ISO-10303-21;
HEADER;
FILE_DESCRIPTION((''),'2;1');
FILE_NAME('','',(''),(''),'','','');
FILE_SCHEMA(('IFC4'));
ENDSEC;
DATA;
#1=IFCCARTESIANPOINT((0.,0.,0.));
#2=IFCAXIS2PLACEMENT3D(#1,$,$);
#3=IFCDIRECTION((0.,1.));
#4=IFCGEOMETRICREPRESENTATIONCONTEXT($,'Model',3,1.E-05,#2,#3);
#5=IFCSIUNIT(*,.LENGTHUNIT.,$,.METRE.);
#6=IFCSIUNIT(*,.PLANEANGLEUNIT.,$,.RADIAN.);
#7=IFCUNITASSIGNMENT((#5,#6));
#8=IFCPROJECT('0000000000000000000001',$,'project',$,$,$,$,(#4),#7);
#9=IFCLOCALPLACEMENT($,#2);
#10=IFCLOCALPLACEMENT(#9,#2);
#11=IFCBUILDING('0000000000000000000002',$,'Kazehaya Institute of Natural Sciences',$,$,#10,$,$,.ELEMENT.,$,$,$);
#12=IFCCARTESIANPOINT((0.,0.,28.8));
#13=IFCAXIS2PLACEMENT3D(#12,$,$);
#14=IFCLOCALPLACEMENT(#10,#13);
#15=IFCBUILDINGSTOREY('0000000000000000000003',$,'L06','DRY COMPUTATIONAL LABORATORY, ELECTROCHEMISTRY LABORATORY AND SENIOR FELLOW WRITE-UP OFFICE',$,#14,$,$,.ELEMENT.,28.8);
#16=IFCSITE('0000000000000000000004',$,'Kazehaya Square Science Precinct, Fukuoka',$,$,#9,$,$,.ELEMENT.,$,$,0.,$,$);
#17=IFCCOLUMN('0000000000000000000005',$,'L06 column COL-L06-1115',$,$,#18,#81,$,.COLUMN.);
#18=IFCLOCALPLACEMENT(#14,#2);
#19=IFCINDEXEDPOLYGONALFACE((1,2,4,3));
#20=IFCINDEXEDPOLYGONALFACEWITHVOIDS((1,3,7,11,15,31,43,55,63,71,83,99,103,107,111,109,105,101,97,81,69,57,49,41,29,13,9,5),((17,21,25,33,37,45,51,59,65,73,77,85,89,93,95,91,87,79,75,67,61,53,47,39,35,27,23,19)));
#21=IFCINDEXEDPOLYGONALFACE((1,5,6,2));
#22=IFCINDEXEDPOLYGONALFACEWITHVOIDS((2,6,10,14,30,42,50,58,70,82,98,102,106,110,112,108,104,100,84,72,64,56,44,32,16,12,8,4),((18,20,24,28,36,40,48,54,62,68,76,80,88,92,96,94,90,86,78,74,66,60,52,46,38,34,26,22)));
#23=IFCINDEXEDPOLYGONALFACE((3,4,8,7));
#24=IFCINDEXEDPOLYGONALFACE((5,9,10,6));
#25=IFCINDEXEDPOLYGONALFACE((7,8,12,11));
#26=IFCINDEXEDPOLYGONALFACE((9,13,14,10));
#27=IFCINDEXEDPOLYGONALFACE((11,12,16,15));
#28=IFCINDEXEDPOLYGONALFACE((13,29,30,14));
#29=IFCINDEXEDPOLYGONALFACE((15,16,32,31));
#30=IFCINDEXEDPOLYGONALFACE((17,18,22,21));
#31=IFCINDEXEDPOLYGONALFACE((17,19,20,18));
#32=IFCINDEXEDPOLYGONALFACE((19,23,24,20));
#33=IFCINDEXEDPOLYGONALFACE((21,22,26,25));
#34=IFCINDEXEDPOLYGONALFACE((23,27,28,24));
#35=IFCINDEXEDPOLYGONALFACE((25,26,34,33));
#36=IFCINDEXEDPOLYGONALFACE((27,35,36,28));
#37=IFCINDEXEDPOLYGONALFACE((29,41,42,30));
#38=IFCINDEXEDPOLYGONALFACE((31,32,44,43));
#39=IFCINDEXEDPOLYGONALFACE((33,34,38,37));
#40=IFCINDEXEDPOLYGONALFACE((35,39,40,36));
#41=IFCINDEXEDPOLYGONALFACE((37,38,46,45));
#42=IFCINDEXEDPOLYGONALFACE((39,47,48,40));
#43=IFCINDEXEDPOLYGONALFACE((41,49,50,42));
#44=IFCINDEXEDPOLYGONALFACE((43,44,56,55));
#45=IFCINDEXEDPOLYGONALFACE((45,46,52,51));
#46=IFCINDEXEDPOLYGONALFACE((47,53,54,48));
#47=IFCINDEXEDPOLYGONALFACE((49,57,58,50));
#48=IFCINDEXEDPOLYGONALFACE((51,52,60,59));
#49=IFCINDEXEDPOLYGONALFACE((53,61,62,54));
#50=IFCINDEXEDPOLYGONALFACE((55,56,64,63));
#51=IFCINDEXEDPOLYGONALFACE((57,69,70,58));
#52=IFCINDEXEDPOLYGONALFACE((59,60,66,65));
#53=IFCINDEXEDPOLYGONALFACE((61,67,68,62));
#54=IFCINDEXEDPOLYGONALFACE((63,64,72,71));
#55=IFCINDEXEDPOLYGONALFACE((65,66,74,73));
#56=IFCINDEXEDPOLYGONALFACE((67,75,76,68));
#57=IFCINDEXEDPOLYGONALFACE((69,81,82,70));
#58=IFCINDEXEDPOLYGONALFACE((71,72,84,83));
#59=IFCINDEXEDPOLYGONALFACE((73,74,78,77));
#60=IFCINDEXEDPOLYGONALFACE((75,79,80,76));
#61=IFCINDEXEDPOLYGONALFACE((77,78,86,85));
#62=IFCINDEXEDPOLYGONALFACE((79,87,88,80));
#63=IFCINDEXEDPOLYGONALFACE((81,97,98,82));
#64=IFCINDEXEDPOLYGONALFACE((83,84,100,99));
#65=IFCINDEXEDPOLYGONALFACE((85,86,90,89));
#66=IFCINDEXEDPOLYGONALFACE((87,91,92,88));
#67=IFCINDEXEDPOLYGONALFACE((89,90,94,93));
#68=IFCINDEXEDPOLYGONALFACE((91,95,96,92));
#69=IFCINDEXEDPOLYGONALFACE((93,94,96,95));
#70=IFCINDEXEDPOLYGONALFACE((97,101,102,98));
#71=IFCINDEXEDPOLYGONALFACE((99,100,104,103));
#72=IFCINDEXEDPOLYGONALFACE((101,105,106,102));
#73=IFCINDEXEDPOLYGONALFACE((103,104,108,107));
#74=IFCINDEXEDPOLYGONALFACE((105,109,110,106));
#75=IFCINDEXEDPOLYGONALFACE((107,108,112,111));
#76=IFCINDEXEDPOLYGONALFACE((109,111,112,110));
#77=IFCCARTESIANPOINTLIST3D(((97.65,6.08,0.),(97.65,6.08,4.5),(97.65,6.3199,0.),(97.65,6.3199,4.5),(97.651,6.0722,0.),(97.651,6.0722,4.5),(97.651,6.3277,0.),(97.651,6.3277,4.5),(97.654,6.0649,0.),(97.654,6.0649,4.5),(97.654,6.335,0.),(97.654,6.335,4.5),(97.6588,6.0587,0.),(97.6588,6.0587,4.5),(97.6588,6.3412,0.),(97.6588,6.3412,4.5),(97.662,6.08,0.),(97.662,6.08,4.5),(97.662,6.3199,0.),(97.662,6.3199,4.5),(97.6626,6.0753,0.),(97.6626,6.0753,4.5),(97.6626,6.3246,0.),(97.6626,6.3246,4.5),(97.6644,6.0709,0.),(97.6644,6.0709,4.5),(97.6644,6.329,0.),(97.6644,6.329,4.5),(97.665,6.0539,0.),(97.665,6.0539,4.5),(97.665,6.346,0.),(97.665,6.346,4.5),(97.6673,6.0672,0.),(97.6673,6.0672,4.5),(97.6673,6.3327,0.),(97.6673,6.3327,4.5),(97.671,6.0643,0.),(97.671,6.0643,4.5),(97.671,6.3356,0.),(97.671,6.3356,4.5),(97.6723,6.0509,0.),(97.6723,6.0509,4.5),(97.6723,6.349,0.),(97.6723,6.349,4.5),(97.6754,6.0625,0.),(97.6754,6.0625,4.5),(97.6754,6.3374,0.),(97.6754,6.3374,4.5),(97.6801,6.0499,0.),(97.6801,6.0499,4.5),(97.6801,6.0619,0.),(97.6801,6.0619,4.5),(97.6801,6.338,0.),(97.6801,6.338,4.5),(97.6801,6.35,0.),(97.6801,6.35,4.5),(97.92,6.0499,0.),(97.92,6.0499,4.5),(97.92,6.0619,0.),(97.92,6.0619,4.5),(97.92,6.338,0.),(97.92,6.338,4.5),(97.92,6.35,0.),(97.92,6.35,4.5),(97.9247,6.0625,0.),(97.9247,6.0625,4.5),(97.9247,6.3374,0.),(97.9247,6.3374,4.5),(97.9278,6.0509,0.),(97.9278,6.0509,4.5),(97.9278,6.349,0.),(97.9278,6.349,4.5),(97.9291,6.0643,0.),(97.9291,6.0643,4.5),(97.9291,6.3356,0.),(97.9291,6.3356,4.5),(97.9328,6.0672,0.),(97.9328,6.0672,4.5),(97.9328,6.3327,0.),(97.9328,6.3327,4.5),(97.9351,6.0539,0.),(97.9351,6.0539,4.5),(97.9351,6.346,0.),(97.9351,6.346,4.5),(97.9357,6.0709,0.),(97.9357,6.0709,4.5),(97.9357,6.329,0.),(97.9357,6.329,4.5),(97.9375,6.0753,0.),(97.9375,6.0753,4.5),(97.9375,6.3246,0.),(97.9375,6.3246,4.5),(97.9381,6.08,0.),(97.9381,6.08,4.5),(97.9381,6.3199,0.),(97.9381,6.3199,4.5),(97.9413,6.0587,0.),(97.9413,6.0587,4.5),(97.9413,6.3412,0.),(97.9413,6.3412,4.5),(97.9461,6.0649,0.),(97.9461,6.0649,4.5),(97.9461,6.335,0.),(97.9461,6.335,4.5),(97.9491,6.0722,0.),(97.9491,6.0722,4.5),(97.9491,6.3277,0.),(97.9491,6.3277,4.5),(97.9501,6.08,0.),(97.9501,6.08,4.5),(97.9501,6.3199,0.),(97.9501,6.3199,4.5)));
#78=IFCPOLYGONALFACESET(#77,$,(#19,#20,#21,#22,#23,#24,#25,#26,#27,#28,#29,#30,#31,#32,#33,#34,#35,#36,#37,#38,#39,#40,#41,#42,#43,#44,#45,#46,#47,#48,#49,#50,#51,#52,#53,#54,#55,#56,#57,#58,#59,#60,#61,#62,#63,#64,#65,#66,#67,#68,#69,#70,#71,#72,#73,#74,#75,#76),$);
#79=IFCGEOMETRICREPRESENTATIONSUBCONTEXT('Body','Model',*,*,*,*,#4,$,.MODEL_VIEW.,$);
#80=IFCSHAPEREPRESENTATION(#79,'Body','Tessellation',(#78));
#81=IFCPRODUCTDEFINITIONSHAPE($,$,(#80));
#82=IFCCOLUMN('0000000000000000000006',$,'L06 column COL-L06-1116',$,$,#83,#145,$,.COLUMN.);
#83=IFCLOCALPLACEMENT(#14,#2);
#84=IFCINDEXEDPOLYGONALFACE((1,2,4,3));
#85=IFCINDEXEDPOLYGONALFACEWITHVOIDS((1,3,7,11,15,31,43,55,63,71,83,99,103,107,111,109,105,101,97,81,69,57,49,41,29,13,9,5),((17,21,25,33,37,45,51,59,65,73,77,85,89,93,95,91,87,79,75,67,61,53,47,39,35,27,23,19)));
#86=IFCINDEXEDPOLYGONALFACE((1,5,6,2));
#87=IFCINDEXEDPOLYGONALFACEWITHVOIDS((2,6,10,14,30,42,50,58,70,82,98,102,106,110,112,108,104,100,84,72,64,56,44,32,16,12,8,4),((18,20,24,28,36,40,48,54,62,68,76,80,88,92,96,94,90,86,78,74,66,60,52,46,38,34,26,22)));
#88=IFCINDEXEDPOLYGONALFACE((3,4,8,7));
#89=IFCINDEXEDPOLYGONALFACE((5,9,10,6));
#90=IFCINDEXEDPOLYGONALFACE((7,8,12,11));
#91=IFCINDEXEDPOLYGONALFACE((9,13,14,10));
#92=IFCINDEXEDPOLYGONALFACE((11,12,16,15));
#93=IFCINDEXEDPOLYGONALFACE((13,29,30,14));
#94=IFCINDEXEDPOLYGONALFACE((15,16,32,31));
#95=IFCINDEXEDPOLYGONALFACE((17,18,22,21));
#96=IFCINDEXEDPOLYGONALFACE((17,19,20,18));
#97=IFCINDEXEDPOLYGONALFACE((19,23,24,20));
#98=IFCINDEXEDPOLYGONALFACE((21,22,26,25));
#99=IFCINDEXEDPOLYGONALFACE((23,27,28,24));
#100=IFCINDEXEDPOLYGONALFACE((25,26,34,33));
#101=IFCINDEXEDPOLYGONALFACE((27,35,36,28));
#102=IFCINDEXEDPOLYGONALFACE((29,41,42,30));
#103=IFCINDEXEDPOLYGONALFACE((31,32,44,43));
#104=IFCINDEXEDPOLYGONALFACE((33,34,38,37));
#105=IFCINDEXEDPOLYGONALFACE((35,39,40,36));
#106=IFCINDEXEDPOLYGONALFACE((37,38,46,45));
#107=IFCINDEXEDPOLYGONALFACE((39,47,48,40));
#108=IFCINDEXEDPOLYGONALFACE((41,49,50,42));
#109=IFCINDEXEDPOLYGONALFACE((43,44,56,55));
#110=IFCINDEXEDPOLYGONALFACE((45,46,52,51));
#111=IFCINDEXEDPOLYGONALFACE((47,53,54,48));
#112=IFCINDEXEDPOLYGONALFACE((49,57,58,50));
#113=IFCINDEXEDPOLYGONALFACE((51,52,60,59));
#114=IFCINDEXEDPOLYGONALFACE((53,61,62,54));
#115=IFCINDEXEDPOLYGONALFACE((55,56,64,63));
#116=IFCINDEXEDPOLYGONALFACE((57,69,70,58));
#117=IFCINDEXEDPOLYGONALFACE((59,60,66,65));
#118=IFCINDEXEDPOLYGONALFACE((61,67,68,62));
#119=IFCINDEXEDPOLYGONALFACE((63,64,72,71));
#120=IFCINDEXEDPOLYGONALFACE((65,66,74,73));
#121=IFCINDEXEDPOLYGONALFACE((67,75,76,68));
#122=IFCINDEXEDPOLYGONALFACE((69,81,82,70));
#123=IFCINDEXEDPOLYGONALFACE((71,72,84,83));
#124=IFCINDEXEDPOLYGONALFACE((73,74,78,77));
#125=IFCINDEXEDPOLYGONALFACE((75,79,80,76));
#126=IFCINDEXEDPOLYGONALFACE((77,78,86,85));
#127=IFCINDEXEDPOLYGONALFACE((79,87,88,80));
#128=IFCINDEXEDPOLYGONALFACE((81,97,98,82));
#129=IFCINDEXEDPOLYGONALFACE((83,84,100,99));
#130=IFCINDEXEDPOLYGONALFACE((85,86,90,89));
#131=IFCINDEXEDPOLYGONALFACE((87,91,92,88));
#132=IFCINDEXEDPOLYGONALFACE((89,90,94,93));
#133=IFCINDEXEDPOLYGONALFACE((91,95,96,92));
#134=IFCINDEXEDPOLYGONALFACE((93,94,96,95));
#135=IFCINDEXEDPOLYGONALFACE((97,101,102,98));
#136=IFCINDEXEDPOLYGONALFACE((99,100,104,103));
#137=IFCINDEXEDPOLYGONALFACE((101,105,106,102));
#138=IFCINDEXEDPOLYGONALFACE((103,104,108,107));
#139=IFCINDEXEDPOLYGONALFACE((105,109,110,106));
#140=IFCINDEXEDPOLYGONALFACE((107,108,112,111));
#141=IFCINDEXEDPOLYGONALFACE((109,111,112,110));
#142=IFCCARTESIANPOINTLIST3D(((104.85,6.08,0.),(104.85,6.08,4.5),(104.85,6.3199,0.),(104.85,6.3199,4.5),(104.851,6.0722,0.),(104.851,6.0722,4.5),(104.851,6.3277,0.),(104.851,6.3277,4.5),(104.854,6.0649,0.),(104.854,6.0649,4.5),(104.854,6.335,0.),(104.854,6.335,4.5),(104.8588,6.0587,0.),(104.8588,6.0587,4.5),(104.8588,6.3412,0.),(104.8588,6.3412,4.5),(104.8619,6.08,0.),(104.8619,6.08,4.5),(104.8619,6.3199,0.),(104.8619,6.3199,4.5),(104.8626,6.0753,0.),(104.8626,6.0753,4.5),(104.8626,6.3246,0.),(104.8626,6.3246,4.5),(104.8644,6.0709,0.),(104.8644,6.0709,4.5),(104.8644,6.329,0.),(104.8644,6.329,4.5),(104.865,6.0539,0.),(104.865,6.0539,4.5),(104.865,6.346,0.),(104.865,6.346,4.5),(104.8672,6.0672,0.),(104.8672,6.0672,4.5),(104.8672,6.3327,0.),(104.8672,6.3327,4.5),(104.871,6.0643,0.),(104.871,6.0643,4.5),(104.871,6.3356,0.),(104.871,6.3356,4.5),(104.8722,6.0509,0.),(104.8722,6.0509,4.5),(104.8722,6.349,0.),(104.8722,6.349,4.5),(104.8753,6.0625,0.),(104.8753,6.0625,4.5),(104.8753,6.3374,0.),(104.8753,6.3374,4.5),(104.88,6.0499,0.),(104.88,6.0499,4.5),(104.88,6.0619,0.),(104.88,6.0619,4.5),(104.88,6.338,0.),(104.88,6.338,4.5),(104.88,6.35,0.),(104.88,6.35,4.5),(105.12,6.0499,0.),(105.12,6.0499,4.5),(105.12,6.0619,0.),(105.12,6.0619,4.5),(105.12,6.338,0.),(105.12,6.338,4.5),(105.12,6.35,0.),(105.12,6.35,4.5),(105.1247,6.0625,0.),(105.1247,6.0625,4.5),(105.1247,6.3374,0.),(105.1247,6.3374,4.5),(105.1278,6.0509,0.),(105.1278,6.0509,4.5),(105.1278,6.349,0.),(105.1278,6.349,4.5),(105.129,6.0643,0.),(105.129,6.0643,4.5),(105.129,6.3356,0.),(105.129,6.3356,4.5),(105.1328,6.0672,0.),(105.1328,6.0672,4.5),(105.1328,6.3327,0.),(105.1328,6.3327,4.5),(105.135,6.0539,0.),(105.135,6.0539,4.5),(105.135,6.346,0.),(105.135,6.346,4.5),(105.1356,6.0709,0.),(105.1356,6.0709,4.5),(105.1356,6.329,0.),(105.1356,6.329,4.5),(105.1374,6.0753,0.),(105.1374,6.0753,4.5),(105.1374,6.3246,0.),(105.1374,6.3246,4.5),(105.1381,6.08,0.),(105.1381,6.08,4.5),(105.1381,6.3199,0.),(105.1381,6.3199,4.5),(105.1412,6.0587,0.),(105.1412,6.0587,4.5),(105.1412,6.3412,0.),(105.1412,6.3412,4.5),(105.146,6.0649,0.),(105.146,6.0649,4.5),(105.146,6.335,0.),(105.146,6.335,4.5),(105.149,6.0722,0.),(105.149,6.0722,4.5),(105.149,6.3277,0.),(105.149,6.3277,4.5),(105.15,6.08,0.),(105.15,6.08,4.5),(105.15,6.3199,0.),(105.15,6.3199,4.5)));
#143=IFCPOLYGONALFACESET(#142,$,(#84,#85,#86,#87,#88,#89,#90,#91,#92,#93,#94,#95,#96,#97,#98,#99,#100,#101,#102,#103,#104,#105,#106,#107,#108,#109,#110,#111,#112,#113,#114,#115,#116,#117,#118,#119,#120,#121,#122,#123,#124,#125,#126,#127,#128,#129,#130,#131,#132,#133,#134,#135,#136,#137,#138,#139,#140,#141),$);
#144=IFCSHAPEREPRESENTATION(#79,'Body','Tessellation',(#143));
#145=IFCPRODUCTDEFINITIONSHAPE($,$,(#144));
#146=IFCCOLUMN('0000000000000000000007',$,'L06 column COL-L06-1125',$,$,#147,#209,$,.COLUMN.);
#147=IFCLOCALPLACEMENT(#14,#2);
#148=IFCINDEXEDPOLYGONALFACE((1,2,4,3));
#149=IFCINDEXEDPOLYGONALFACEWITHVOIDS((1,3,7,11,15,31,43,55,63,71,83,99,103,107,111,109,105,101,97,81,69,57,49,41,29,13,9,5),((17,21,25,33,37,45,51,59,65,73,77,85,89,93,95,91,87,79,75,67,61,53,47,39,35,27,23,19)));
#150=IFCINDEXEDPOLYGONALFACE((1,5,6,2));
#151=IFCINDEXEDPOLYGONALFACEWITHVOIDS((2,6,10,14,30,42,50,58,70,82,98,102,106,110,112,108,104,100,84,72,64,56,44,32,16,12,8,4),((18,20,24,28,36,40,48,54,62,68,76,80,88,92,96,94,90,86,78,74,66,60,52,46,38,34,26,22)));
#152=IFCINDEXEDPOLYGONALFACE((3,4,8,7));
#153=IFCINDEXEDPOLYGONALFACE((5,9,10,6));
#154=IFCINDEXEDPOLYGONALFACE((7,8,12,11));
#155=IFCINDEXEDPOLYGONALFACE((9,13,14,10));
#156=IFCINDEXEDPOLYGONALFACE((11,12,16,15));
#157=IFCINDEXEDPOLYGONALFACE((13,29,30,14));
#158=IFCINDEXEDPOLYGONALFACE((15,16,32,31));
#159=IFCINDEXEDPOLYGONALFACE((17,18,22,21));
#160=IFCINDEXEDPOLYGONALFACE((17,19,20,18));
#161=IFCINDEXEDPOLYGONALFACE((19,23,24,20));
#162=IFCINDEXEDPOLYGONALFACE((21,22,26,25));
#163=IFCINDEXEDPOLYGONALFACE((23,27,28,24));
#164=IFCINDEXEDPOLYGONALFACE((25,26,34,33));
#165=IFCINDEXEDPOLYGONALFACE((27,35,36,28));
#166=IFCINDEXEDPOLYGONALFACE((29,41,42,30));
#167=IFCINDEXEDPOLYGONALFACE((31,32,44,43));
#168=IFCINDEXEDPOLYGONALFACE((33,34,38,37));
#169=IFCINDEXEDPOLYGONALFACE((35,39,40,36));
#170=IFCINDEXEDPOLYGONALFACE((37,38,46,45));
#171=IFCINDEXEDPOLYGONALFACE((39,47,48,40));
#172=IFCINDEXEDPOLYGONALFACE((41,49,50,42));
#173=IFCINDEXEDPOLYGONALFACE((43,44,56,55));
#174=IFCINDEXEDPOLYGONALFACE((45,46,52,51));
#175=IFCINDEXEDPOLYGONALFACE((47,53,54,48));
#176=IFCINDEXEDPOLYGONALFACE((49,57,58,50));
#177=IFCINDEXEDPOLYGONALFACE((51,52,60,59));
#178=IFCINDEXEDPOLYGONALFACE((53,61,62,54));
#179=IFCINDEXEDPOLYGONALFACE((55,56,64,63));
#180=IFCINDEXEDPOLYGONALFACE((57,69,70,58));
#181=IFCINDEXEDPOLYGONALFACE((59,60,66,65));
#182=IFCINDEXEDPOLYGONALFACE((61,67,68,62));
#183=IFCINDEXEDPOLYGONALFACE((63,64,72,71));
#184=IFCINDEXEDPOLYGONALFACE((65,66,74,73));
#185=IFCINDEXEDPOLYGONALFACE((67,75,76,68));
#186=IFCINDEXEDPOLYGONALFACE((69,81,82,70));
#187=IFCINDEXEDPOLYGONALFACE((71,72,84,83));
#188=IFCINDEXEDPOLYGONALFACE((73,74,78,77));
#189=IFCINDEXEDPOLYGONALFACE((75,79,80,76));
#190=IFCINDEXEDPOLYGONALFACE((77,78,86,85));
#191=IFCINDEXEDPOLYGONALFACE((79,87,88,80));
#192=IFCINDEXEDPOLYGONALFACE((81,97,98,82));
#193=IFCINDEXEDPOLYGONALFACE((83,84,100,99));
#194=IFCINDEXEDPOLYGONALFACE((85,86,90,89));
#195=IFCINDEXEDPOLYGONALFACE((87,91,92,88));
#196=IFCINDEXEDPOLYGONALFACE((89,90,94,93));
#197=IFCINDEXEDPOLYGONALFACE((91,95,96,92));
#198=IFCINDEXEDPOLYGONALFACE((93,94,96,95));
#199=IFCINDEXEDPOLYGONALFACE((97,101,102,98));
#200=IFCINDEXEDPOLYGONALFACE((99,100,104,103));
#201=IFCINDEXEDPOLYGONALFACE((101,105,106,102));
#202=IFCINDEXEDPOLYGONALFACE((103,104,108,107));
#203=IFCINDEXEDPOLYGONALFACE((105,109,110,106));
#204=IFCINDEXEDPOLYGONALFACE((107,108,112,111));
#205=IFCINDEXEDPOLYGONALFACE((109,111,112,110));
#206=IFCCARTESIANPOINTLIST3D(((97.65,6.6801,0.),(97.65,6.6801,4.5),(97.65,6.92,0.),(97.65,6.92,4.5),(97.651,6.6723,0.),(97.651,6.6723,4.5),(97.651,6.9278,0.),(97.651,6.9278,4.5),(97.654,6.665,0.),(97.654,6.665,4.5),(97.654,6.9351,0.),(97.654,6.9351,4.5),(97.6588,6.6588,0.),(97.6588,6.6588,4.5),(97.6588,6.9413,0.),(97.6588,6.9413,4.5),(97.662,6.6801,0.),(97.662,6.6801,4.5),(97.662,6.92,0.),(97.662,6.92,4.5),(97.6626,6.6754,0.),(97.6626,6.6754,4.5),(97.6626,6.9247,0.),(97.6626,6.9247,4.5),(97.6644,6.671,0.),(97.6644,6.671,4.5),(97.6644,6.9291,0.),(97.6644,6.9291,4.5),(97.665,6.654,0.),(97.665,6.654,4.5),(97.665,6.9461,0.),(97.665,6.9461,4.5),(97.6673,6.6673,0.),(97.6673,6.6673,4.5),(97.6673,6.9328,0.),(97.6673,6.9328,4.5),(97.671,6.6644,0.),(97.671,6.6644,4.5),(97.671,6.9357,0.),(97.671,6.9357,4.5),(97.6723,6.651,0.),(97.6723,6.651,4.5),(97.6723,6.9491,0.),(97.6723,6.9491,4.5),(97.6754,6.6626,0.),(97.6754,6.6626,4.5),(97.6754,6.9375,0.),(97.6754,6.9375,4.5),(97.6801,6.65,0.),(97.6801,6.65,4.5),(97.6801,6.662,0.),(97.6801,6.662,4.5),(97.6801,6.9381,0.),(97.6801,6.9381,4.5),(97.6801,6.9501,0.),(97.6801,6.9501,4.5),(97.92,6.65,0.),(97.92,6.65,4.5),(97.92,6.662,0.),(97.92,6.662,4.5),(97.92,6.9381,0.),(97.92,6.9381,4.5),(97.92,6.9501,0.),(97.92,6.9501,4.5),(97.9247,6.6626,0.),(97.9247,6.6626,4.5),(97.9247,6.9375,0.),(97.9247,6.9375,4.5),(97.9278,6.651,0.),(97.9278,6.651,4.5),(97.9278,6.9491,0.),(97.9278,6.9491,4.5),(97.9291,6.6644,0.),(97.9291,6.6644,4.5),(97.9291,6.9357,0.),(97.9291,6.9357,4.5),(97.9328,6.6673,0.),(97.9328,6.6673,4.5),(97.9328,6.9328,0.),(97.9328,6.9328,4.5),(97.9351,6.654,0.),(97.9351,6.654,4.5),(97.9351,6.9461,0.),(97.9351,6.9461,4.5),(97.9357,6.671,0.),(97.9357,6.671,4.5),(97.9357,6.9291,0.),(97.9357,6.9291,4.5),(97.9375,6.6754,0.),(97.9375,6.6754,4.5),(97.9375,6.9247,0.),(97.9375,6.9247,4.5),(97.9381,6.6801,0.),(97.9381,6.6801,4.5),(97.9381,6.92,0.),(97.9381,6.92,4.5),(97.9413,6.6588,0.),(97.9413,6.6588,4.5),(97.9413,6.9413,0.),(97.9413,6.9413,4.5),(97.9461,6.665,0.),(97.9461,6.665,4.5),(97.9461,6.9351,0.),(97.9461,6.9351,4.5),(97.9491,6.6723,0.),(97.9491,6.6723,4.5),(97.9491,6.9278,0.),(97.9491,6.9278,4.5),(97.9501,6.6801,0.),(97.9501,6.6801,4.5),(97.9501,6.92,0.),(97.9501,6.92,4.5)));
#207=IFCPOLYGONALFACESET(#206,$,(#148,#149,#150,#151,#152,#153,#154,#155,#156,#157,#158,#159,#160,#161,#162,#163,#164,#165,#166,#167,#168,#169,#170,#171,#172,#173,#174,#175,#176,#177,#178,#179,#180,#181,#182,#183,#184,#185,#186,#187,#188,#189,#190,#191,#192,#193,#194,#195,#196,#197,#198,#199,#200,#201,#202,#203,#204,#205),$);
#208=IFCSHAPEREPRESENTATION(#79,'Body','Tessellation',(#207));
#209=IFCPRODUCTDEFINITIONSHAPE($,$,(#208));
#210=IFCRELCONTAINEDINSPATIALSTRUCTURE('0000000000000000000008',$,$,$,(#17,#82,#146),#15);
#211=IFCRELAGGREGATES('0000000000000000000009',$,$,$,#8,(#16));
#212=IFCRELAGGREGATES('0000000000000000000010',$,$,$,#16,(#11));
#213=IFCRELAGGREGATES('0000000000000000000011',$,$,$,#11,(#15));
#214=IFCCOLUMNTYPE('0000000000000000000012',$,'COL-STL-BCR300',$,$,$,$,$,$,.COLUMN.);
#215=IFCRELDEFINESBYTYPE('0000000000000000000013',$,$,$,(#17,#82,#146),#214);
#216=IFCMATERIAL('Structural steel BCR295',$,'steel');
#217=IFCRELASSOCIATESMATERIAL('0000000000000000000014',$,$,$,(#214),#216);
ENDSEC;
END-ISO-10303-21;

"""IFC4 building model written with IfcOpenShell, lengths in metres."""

from ifc_helpers import new_model, si_unit, direction, frame, origin, origin_2d, place, context, subcontext, project, spatial, hollow_rectangle, extrude, material, material_profile, profile_set, type_object, element, save


model = new_model("IFC4")

# Units and contexts
model_context = context("Model", 3, precision=1e-05, world=origin(), true_north=direction((0.0, 1.0)))
body_context = subcontext(model_context, "Body", "Model", "MODEL_VIEW")
ifc_project = project(units=[si_unit("LENGTHUNIT", "METRE"), si_unit("PLANEANGLEUNIT", "RADIAN")], contexts=[model_context])

# Site, building, storey
site_placement = place(None, origin())
site = spatial("IfcSite", under=ifc_project, at=site_placement, Name="Kazehaya Square Science Precinct, Fukuoka", CompositionType="ELEMENT", RefElevation=0.0)
building_placement = place(site_placement, origin())
building = spatial("IfcBuilding", under=site, at=building_placement, Name="Kazehaya Institute of Natural Sciences", CompositionType="ELEMENT")
storey_placement = place(building_placement, frame((0.0, 0.0, 28.8)))
storey = spatial("IfcBuildingStorey", under=building, at=storey_placement, Name="L06", Description="DRY COMPUTATIONAL LABORATORY, ELECTROCHEMISTRY LABORATORY AND SENIOR FELLOW WRITE-UP OFFICE", CompositionType="ELEMENT", Elevation=28.8)

# Columns
ifc_material_1 = material(Name="Structural steel BCR295", Category="steel")
ifc_material_profile_1 = material_profile(ifc_material_1, hollow_rectangle(XDim=0.3, YDim=0.3, WallThickness=0.012, InnerFilletRadius=0.0181, OuterFilletRadius=0.03, at=origin_2d()), Name="BCR-300x300x12")
ifc_profile_set_1 = profile_set([ifc_material_profile_1], Name="Structural steel BCR295")
column_type = type_object("IfcColumnType", Name="COL-STL-BCR300", PredefinedType="COLUMN", material=ifc_profile_set_1)
for number, where, z_axis, x_axis, name in (
    (1, (97.8, 6.2, 0.0), (0.0, 0.0, 1.0), (1.0, 0.0, 0.0), "L06 column COL-L06-1115"),
    (2, (105.0, 6.2, 0.0), (0.0, 0.0, 1.0), (1.0, 0.0, 0.0), "L06 column COL-L06-1116"),
    (3, (97.8, 6.8, 0.0), (0.0, 0.0, 1.0), (1.0, 0.0, 0.0), "L06 column COL-L06-1125"),
):
    element("IfcColumn", number, at=place(storey_placement, frame(where, z_axis=z_axis, x_axis=x_axis)), inside=storey, type_object=column_type, Name=name, PredefinedType="COLUMN", context=body_context, shape_type="SweptSolid", body=[
        extrude(hollow_rectangle(XDim=0.3, YDim=0.3, WallThickness=0.012, InnerFilletRadius=0.0181, OuterFilletRadius=0.03, at=origin_2d()), origin(), (0.0, 0.0, 1.0), 4.5),
    ])

save(model, "model.ifc")
